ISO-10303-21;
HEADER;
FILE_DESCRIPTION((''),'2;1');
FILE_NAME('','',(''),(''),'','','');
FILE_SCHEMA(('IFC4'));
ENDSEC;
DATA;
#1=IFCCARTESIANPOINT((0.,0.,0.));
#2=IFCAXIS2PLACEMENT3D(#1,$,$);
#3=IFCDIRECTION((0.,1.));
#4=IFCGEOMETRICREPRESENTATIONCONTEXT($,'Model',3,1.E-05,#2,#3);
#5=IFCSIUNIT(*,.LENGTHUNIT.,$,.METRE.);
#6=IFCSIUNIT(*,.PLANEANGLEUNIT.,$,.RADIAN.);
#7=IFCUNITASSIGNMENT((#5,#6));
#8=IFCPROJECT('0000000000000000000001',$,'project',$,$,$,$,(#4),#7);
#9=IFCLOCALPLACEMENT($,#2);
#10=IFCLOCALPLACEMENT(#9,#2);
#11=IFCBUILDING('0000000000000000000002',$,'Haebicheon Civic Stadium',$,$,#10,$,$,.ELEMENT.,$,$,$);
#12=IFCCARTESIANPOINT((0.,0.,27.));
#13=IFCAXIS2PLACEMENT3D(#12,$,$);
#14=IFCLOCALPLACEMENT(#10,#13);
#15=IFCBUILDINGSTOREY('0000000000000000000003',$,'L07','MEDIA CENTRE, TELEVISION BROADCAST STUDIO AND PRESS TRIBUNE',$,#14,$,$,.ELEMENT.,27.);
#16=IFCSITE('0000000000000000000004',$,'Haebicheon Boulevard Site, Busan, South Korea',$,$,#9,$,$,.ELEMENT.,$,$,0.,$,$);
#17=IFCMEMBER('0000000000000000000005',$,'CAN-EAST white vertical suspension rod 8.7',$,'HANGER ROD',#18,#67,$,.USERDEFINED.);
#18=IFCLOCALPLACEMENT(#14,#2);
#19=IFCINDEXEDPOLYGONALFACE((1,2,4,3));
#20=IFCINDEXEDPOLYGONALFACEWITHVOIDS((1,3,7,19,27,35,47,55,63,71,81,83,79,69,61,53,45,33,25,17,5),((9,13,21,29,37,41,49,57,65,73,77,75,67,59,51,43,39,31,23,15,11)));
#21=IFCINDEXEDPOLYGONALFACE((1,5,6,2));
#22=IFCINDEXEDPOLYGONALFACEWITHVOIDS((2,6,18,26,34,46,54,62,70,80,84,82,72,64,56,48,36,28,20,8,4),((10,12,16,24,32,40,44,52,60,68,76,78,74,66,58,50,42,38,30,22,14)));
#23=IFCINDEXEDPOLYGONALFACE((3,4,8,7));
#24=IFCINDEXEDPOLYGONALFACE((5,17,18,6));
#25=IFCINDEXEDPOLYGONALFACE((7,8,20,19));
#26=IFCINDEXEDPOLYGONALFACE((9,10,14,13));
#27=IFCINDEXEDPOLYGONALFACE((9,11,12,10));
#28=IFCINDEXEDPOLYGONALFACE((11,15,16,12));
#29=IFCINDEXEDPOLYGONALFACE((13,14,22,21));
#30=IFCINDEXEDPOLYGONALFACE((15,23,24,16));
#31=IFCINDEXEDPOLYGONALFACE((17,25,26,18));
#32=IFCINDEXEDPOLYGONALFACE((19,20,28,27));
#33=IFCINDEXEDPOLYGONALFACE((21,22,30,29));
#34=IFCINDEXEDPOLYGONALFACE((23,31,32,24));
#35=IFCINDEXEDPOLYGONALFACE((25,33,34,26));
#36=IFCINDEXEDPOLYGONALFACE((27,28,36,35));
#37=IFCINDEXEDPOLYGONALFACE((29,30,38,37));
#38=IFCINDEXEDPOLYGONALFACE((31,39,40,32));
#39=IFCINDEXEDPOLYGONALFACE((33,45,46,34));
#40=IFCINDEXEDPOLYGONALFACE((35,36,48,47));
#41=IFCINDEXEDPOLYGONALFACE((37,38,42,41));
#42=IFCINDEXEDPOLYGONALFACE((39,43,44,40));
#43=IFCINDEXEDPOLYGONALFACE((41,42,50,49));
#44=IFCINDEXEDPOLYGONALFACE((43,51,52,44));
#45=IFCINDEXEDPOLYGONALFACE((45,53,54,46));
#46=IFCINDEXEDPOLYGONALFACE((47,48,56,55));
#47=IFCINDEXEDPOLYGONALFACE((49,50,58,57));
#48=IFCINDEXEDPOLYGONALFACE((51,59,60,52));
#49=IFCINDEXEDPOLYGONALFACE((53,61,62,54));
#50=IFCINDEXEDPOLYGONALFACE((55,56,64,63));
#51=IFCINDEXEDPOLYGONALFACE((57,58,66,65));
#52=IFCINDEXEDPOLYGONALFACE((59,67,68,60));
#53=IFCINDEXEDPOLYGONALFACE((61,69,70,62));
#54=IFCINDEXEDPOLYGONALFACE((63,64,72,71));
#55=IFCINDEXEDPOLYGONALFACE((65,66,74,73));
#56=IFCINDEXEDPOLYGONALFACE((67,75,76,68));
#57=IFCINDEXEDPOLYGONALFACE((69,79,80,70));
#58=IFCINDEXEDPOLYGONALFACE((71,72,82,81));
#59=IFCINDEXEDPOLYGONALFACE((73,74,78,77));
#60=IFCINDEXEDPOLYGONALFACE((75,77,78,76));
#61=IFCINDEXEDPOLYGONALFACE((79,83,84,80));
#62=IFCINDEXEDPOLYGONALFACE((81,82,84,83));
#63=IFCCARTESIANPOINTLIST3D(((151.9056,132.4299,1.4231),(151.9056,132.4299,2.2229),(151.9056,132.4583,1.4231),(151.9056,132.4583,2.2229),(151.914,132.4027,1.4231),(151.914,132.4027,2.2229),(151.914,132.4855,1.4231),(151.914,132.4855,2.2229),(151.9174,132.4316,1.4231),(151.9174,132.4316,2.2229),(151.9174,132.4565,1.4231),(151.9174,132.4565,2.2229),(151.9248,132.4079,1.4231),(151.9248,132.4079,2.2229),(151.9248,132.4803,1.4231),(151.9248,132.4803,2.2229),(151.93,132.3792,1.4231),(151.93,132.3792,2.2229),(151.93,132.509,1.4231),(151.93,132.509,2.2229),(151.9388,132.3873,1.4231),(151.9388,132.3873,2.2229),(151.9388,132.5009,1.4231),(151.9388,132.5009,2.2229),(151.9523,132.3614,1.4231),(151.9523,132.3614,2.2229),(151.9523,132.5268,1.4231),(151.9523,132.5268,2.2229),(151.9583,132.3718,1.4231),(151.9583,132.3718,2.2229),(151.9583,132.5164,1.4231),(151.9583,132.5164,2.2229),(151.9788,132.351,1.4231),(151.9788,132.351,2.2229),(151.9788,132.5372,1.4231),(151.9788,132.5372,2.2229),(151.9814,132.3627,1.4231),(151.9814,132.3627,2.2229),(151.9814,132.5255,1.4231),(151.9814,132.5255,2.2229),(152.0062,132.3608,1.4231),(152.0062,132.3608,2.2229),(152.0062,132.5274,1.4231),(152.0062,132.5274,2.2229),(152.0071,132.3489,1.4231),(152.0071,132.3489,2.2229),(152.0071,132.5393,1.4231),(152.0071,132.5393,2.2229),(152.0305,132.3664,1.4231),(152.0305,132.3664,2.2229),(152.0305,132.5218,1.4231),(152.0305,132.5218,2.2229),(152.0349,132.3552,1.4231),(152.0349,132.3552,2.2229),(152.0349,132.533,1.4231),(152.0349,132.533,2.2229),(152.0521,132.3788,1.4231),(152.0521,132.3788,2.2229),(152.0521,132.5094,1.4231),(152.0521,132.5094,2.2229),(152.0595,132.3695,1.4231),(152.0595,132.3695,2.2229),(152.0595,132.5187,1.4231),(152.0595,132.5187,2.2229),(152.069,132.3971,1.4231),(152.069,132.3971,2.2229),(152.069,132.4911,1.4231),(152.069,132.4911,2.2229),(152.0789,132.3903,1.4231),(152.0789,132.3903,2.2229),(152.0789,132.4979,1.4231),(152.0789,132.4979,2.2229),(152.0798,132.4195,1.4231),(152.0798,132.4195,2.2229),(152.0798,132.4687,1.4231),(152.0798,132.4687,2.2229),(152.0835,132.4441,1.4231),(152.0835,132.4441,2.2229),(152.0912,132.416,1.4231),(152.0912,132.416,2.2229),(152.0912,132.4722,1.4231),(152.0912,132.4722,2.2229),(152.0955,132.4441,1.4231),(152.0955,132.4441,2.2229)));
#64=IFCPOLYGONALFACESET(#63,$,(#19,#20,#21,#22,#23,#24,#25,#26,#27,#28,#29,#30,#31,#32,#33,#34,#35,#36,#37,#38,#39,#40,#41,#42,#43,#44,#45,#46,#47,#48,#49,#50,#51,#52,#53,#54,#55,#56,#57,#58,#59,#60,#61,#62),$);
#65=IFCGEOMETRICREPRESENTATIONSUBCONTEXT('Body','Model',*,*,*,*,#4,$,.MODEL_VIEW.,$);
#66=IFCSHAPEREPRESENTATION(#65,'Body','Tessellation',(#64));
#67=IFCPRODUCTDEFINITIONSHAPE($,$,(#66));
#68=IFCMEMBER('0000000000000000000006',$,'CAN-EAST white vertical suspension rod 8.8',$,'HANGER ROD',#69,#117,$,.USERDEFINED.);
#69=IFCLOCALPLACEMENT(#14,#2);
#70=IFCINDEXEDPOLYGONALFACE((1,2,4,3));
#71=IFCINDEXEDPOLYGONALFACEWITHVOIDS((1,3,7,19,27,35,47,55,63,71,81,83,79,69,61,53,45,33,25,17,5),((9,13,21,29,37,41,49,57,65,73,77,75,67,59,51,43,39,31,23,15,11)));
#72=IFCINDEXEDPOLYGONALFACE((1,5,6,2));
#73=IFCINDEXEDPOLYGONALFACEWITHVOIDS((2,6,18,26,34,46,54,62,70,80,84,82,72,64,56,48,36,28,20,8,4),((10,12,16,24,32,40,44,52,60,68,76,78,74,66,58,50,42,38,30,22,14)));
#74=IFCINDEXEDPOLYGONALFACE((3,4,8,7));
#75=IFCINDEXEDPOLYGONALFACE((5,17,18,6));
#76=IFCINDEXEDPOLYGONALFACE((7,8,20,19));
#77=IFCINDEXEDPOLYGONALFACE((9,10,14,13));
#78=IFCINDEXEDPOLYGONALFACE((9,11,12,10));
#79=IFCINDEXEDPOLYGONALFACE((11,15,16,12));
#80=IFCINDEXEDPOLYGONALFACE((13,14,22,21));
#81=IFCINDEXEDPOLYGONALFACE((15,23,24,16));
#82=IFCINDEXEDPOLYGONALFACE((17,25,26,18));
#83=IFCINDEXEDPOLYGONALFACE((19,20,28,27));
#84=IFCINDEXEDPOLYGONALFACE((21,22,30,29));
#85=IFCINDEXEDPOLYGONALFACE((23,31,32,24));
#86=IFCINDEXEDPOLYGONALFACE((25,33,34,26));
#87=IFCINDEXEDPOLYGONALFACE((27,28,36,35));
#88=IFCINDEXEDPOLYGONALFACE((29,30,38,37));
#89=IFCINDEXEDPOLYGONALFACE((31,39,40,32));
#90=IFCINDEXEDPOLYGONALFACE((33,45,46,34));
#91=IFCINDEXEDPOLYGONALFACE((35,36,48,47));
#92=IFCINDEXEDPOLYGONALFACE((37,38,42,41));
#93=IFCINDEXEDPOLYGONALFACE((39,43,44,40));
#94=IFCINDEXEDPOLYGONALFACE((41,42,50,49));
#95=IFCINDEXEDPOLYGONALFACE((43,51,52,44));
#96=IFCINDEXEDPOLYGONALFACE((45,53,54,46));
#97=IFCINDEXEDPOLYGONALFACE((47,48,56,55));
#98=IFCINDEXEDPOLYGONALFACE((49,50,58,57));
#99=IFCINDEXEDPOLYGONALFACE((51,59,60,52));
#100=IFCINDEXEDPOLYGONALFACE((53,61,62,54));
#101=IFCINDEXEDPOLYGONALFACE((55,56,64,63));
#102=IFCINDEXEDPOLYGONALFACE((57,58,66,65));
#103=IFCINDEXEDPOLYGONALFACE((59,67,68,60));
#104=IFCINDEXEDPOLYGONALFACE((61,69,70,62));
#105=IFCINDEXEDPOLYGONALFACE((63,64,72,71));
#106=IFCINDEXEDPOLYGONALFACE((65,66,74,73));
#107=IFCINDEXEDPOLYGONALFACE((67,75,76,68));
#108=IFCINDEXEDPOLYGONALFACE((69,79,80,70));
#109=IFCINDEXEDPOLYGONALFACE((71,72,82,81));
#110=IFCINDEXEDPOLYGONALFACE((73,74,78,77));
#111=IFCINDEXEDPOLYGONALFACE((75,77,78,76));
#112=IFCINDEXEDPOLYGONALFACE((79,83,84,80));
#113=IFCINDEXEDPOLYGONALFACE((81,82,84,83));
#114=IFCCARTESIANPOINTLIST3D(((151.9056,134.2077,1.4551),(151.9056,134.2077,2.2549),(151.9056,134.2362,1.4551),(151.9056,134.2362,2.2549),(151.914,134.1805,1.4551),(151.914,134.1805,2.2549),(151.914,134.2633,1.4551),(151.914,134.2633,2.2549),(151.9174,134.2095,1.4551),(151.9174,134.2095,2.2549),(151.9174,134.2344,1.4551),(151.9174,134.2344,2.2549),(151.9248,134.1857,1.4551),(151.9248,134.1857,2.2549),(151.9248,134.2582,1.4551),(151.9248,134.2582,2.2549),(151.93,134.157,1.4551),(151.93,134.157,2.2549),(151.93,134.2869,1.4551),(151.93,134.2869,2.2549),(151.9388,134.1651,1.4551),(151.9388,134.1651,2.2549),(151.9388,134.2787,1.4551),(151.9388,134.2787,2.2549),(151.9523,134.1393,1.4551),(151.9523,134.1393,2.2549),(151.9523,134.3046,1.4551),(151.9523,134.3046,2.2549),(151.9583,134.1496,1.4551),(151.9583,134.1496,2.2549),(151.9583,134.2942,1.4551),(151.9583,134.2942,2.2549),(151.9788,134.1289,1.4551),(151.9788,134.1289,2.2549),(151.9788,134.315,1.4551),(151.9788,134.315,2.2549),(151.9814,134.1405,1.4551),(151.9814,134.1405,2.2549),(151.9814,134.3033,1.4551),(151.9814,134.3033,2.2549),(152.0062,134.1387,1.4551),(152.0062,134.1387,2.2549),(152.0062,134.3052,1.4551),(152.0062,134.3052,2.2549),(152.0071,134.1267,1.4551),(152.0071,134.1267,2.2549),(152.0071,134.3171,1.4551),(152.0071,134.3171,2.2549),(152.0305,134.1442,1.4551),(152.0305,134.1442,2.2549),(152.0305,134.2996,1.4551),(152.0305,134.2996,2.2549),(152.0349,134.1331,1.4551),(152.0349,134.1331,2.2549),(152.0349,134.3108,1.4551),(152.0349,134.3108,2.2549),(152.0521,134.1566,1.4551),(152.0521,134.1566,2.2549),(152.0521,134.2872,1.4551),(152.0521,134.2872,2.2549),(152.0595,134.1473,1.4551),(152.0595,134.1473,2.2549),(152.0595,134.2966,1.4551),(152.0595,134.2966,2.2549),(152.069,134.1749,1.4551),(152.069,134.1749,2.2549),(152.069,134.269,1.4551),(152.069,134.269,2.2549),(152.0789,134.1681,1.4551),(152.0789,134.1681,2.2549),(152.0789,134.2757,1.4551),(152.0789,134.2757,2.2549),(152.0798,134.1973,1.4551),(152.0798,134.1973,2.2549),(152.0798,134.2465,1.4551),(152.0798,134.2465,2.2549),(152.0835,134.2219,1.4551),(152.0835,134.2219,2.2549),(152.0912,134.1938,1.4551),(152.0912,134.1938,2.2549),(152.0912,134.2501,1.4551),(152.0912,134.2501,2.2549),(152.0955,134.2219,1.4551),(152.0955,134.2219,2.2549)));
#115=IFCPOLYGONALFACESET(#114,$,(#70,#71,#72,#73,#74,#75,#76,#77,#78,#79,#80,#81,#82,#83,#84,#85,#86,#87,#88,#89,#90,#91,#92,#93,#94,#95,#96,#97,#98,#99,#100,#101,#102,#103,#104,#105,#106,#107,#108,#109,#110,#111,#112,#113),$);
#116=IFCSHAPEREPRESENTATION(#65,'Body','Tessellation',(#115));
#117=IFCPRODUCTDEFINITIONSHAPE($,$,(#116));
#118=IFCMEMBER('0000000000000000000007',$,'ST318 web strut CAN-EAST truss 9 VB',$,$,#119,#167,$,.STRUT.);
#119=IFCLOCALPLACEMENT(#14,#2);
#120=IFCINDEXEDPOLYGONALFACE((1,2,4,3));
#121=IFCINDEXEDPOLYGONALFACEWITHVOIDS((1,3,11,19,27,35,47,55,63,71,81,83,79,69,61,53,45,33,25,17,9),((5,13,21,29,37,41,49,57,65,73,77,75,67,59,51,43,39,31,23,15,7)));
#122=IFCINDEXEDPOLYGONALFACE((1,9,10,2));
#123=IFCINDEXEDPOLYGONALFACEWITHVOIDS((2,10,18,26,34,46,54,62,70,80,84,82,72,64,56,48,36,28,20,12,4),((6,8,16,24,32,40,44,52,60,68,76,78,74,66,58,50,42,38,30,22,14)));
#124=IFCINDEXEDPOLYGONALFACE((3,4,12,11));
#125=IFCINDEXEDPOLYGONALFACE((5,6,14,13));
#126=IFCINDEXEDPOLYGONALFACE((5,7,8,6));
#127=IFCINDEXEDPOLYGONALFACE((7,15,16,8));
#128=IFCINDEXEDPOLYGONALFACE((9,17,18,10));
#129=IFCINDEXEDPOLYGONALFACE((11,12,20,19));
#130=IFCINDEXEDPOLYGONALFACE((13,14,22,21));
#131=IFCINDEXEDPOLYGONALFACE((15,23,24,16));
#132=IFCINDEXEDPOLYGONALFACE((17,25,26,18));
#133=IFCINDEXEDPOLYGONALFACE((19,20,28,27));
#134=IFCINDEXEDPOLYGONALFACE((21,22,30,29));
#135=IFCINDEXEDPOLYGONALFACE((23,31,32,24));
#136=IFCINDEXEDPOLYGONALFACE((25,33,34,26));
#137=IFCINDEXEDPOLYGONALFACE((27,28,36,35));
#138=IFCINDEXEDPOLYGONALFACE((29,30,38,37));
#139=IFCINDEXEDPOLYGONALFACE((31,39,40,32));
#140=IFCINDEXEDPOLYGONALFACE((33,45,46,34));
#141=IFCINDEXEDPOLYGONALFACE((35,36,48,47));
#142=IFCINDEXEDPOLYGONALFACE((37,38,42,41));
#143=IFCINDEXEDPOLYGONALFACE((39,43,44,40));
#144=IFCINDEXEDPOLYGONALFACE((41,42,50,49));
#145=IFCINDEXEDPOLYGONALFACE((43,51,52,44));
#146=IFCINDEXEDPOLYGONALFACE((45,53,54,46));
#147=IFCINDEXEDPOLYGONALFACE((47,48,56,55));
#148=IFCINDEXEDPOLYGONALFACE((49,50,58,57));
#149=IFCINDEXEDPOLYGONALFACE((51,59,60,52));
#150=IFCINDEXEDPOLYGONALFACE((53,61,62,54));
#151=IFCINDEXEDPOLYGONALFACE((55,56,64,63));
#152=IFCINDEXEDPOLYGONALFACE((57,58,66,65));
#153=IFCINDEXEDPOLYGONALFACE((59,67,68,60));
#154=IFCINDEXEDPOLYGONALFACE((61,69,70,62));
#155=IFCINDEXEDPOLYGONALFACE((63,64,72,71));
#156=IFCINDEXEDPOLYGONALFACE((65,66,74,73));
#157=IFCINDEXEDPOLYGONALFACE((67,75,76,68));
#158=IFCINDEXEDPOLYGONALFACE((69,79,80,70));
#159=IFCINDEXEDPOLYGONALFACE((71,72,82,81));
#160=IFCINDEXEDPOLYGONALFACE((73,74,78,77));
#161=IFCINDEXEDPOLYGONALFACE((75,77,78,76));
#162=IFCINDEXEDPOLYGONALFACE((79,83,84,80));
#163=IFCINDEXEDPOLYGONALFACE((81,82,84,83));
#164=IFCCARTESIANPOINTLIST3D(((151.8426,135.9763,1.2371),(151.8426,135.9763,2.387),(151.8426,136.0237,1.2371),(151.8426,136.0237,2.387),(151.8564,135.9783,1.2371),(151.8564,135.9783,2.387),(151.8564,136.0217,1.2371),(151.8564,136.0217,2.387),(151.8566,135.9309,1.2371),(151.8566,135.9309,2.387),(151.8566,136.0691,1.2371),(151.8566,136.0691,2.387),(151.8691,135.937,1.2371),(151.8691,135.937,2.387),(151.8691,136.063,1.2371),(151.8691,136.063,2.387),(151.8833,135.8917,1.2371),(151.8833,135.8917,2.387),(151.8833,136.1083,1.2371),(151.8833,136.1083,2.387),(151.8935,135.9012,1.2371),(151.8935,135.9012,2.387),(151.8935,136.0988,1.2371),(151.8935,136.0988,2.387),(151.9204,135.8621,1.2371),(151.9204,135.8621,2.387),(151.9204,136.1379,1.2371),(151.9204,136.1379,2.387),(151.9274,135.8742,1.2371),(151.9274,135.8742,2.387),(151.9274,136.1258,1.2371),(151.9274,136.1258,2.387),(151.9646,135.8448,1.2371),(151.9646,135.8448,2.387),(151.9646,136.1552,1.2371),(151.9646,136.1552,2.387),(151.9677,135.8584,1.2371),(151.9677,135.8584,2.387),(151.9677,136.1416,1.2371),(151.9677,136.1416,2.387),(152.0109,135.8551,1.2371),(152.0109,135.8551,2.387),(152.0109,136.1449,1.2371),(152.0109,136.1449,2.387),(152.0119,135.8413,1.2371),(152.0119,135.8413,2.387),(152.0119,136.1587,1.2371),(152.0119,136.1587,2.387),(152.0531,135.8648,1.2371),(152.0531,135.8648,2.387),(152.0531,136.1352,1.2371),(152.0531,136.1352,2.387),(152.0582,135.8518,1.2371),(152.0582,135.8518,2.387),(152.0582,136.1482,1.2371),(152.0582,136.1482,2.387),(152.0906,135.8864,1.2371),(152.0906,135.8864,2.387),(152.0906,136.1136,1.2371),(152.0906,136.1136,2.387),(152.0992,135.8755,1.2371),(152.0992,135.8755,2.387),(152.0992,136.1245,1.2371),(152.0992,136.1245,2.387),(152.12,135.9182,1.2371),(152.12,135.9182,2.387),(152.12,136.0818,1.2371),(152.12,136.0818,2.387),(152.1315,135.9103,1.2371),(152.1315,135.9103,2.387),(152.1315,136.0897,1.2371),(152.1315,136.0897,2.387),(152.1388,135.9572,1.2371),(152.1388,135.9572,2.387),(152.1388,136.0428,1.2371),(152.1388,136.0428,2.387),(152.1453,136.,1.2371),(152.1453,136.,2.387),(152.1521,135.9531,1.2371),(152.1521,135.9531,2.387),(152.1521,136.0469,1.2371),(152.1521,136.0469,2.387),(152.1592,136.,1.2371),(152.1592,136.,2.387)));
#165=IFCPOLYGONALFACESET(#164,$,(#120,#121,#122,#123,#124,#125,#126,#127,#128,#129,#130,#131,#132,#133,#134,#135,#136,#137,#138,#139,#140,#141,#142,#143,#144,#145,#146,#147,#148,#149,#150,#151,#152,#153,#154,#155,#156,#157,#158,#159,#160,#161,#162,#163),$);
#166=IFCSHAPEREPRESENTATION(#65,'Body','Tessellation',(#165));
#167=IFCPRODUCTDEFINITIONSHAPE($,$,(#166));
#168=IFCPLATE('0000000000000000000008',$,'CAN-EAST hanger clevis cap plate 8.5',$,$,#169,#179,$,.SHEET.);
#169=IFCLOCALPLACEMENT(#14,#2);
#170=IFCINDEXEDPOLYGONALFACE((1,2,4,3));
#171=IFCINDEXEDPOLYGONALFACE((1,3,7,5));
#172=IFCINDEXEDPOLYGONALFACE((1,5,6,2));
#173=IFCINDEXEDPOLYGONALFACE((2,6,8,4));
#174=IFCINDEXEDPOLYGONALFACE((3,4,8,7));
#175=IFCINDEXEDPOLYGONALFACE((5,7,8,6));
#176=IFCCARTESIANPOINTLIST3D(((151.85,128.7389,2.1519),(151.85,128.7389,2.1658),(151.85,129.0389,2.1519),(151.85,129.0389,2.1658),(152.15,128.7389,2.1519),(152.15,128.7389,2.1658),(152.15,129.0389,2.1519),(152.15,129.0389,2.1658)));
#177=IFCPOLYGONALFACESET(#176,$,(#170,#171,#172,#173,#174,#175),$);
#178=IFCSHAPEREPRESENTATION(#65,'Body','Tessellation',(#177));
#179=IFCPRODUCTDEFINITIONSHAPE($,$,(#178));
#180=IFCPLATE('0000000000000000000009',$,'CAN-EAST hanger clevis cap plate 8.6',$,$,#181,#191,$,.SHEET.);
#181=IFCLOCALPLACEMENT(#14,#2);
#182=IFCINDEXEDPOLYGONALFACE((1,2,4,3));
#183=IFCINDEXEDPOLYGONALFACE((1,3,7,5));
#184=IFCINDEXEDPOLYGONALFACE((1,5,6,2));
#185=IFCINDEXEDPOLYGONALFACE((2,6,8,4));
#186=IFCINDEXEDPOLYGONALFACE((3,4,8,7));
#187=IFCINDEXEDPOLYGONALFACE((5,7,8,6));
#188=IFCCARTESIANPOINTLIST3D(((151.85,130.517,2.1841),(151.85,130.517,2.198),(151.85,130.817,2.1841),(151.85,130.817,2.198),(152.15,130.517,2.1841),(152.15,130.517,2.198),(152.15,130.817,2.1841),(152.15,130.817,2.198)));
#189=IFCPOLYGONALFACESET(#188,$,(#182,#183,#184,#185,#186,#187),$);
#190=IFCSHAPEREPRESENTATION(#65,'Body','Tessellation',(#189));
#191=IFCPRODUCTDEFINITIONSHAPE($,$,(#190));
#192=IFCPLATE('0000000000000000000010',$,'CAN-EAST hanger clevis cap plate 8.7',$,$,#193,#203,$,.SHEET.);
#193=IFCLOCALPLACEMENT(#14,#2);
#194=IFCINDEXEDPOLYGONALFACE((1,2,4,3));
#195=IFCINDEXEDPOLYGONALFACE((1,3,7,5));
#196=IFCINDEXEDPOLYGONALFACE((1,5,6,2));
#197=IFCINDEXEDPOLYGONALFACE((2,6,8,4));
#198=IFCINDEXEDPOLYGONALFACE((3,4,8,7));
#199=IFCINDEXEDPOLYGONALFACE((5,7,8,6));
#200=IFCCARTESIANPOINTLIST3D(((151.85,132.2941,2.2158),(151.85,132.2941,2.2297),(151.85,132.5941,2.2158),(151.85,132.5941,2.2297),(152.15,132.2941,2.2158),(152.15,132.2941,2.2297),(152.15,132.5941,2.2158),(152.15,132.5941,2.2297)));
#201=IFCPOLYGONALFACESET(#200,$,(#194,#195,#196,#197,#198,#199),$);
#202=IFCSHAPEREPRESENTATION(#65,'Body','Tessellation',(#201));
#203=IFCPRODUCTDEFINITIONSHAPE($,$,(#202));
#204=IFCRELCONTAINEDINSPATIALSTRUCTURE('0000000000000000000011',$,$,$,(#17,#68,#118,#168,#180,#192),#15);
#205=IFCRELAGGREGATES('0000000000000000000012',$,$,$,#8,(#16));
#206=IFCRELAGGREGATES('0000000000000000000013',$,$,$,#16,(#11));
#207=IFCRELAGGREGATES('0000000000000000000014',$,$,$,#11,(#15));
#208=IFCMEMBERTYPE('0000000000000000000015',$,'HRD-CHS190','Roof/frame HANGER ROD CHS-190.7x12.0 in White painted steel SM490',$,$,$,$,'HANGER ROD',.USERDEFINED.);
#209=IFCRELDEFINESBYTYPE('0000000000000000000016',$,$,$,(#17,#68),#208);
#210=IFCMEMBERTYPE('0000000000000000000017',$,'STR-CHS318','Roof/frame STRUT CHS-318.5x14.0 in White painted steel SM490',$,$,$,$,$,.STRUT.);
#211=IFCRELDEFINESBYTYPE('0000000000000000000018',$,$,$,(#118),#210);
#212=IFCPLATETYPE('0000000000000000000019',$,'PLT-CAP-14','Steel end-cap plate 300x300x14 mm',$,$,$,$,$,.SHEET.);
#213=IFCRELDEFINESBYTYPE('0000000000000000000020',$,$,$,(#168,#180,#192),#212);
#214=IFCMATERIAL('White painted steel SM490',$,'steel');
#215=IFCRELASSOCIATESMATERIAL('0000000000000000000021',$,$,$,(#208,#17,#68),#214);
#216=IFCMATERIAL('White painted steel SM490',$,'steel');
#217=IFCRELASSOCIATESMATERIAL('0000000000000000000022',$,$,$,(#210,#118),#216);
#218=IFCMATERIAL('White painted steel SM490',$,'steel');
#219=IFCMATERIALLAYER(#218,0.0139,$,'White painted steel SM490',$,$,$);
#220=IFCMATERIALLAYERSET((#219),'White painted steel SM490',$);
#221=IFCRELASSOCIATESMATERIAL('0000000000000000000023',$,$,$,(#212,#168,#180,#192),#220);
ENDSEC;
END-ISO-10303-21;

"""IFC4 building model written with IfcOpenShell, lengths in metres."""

from ifc_helpers import new_model, si_unit, direction, frame, origin, origin_2d, place, context, subcontext, project, spatial, rectangle, hollow_circle, extrude, material, layer, layer_set, material_profile, profile_set, type_object, element, save


model = new_model("IFC4")

# Units and contexts
model_context = context("Model", 3, precision=1e-05, world=origin(), true_north=direction((0.0, 1.0)))
body_context = subcontext(model_context, "Body", "Model", "MODEL_VIEW")
ifc_project = project(units=[si_unit("LENGTHUNIT", "METRE"), si_unit("PLANEANGLEUNIT", "RADIAN")], contexts=[model_context])

# Site, building, storey
site_placement = place(None, origin())
site = spatial("IfcSite", under=ifc_project, at=site_placement, Name="Haebicheon Boulevard Site, Busan, South Korea", CompositionType="ELEMENT", RefElevation=0.0)
building_placement = place(site_placement, origin())
building = spatial("IfcBuilding", under=site, at=building_placement, Name="Haebicheon Civic Stadium", CompositionType="ELEMENT")
storey_placement = place(building_placement, frame((0.0, 0.0, 27.0)))
storey = spatial("IfcBuildingStorey", under=building, at=storey_placement, Name="L07", Description="MEDIA CENTRE, TELEVISION BROADCAST STUDIO AND PRESS TRIBUNE", CompositionType="ELEMENT", Elevation=27.0)

# Members
ifc_material_1 = material(Name="White painted steel SM490", Category="steel")
ifc_material_profile_1 = material_profile(ifc_material_1, hollow_circle(Radius=0.0955, WallThickness=0.012, at=origin_2d()), Name="CHS-190.7x12.0")
ifc_profile_set_1 = profile_set([ifc_material_profile_1], Name="White painted steel SM490")
member_type_1 = type_object("IfcMemberType", Name="HRD-CHS190", Description="Roof/frame HANGER ROD CHS-190.7x12.0 in White painted steel SM490", ElementType="HANGER ROD", PredefinedType="USERDEFINED", material=ifc_profile_set_1)
for number, where, z_axis, x_axis, name in (
    (1, (152.0, 132.4441, 1.4231), (0.0, 0.0, 1.0), (1.0, 0.0, 0.0), "CAN-EAST white vertical suspension rod 8.7"),
    (2, (152.0, 134.2219, 1.4551), (0.0, 0.0, 1.0), (1.0, 0.0, 0.0), "CAN-EAST white vertical suspension rod 8.8"),
):
    element("IfcMember", number, at=place(storey_placement, frame(where, z_axis=z_axis, x_axis=x_axis)), inside=storey, type_object=member_type_1, material=ifc_profile_set_1, Name=name, ObjectType="HANGER ROD", PredefinedType="USERDEFINED", context=body_context, shape_type="SweptSolid", body=[
        extrude(hollow_circle(Radius=0.0955, WallThickness=0.012, at=origin_2d()), origin(), (0.0, 0.0, 1.0), 0.7998),
    ])
ifc_material_2 = material(Name="White painted steel SM490", Category="steel")
ifc_material_profile_2 = material_profile(ifc_material_2, hollow_circle(Radius=0.1592, WallThickness=0.0139, at=origin_2d()), Name="CHS-318.5x14.0")
ifc_profile_set_2 = profile_set([ifc_material_profile_2], Name="White painted steel SM490")
member_type_2 = type_object("IfcMemberType", Name="STR-CHS318", Description="Roof/frame STRUT CHS-318.5x14.0 in White painted steel SM490", PredefinedType="STRUT", material=ifc_profile_set_2)
member_1_placement = place(storey_placement, frame((152.0, 136.0, 1.2371), z_axis=(0.0, 0.0, 1.0), x_axis=(1.0, 0.0, 0.0)))
element("IfcMember", 3, at=member_1_placement, inside=storey, type_object=member_type_2, material=ifc_profile_set_2, Name="ST318 web strut CAN-EAST truss 9 VB", PredefinedType="STRUT", context=body_context, shape_type="SweptSolid", body=[
    extrude(hollow_circle(Radius=0.1592, WallThickness=0.0139, at=origin_2d()), origin(), (0.0, 0.0, 1.0), 1.1499),
])

# Plates
ifc_material_3 = material(Name="White painted steel SM490", Category="steel")
ifc_layer_1 = layer(ifc_material_3, 0.0139, Name="White painted steel SM490")
ifc_layer_set_1 = layer_set([ifc_layer_1], Name="White painted steel SM490")
plate_type = type_object("IfcPlateType", Name="PLT-CAP-14", Description="Steel end-cap plate 300x300x14 mm", PredefinedType="SHEET", material=ifc_layer_set_1)
for number, where, z_axis, x_axis, name in (
    (4, (152.0, 128.8889, 2.1519), (0.0, 0.0, 1.0), (1.0, 0.0, 0.0), "CAN-EAST hanger clevis cap plate 8.5"),
    (5, (152.0, 130.667, 2.1841), (0.0, 0.0, 1.0), (1.0, 0.0, 0.0), "CAN-EAST hanger clevis cap plate 8.6"),
    (6, (152.0, 132.4441, 2.2158), (0.0, 0.0, 1.0), (1.0, 0.0, 0.0), "CAN-EAST hanger clevis cap plate 8.7"),
):
    element("IfcPlate", number, at=place(storey_placement, frame(where, z_axis=z_axis, x_axis=x_axis)), inside=storey, type_object=plate_type, material=ifc_layer_set_1, Name=name, PredefinedType="SHEET", context=body_context, shape_type="SweptSolid", body=[
        extrude(rectangle(XDim=0.3, YDim=0.3, at=origin_2d()), origin(), (0.0, 0.0, 1.0), 0.0139),
    ])

save(model, "model.ifc")
